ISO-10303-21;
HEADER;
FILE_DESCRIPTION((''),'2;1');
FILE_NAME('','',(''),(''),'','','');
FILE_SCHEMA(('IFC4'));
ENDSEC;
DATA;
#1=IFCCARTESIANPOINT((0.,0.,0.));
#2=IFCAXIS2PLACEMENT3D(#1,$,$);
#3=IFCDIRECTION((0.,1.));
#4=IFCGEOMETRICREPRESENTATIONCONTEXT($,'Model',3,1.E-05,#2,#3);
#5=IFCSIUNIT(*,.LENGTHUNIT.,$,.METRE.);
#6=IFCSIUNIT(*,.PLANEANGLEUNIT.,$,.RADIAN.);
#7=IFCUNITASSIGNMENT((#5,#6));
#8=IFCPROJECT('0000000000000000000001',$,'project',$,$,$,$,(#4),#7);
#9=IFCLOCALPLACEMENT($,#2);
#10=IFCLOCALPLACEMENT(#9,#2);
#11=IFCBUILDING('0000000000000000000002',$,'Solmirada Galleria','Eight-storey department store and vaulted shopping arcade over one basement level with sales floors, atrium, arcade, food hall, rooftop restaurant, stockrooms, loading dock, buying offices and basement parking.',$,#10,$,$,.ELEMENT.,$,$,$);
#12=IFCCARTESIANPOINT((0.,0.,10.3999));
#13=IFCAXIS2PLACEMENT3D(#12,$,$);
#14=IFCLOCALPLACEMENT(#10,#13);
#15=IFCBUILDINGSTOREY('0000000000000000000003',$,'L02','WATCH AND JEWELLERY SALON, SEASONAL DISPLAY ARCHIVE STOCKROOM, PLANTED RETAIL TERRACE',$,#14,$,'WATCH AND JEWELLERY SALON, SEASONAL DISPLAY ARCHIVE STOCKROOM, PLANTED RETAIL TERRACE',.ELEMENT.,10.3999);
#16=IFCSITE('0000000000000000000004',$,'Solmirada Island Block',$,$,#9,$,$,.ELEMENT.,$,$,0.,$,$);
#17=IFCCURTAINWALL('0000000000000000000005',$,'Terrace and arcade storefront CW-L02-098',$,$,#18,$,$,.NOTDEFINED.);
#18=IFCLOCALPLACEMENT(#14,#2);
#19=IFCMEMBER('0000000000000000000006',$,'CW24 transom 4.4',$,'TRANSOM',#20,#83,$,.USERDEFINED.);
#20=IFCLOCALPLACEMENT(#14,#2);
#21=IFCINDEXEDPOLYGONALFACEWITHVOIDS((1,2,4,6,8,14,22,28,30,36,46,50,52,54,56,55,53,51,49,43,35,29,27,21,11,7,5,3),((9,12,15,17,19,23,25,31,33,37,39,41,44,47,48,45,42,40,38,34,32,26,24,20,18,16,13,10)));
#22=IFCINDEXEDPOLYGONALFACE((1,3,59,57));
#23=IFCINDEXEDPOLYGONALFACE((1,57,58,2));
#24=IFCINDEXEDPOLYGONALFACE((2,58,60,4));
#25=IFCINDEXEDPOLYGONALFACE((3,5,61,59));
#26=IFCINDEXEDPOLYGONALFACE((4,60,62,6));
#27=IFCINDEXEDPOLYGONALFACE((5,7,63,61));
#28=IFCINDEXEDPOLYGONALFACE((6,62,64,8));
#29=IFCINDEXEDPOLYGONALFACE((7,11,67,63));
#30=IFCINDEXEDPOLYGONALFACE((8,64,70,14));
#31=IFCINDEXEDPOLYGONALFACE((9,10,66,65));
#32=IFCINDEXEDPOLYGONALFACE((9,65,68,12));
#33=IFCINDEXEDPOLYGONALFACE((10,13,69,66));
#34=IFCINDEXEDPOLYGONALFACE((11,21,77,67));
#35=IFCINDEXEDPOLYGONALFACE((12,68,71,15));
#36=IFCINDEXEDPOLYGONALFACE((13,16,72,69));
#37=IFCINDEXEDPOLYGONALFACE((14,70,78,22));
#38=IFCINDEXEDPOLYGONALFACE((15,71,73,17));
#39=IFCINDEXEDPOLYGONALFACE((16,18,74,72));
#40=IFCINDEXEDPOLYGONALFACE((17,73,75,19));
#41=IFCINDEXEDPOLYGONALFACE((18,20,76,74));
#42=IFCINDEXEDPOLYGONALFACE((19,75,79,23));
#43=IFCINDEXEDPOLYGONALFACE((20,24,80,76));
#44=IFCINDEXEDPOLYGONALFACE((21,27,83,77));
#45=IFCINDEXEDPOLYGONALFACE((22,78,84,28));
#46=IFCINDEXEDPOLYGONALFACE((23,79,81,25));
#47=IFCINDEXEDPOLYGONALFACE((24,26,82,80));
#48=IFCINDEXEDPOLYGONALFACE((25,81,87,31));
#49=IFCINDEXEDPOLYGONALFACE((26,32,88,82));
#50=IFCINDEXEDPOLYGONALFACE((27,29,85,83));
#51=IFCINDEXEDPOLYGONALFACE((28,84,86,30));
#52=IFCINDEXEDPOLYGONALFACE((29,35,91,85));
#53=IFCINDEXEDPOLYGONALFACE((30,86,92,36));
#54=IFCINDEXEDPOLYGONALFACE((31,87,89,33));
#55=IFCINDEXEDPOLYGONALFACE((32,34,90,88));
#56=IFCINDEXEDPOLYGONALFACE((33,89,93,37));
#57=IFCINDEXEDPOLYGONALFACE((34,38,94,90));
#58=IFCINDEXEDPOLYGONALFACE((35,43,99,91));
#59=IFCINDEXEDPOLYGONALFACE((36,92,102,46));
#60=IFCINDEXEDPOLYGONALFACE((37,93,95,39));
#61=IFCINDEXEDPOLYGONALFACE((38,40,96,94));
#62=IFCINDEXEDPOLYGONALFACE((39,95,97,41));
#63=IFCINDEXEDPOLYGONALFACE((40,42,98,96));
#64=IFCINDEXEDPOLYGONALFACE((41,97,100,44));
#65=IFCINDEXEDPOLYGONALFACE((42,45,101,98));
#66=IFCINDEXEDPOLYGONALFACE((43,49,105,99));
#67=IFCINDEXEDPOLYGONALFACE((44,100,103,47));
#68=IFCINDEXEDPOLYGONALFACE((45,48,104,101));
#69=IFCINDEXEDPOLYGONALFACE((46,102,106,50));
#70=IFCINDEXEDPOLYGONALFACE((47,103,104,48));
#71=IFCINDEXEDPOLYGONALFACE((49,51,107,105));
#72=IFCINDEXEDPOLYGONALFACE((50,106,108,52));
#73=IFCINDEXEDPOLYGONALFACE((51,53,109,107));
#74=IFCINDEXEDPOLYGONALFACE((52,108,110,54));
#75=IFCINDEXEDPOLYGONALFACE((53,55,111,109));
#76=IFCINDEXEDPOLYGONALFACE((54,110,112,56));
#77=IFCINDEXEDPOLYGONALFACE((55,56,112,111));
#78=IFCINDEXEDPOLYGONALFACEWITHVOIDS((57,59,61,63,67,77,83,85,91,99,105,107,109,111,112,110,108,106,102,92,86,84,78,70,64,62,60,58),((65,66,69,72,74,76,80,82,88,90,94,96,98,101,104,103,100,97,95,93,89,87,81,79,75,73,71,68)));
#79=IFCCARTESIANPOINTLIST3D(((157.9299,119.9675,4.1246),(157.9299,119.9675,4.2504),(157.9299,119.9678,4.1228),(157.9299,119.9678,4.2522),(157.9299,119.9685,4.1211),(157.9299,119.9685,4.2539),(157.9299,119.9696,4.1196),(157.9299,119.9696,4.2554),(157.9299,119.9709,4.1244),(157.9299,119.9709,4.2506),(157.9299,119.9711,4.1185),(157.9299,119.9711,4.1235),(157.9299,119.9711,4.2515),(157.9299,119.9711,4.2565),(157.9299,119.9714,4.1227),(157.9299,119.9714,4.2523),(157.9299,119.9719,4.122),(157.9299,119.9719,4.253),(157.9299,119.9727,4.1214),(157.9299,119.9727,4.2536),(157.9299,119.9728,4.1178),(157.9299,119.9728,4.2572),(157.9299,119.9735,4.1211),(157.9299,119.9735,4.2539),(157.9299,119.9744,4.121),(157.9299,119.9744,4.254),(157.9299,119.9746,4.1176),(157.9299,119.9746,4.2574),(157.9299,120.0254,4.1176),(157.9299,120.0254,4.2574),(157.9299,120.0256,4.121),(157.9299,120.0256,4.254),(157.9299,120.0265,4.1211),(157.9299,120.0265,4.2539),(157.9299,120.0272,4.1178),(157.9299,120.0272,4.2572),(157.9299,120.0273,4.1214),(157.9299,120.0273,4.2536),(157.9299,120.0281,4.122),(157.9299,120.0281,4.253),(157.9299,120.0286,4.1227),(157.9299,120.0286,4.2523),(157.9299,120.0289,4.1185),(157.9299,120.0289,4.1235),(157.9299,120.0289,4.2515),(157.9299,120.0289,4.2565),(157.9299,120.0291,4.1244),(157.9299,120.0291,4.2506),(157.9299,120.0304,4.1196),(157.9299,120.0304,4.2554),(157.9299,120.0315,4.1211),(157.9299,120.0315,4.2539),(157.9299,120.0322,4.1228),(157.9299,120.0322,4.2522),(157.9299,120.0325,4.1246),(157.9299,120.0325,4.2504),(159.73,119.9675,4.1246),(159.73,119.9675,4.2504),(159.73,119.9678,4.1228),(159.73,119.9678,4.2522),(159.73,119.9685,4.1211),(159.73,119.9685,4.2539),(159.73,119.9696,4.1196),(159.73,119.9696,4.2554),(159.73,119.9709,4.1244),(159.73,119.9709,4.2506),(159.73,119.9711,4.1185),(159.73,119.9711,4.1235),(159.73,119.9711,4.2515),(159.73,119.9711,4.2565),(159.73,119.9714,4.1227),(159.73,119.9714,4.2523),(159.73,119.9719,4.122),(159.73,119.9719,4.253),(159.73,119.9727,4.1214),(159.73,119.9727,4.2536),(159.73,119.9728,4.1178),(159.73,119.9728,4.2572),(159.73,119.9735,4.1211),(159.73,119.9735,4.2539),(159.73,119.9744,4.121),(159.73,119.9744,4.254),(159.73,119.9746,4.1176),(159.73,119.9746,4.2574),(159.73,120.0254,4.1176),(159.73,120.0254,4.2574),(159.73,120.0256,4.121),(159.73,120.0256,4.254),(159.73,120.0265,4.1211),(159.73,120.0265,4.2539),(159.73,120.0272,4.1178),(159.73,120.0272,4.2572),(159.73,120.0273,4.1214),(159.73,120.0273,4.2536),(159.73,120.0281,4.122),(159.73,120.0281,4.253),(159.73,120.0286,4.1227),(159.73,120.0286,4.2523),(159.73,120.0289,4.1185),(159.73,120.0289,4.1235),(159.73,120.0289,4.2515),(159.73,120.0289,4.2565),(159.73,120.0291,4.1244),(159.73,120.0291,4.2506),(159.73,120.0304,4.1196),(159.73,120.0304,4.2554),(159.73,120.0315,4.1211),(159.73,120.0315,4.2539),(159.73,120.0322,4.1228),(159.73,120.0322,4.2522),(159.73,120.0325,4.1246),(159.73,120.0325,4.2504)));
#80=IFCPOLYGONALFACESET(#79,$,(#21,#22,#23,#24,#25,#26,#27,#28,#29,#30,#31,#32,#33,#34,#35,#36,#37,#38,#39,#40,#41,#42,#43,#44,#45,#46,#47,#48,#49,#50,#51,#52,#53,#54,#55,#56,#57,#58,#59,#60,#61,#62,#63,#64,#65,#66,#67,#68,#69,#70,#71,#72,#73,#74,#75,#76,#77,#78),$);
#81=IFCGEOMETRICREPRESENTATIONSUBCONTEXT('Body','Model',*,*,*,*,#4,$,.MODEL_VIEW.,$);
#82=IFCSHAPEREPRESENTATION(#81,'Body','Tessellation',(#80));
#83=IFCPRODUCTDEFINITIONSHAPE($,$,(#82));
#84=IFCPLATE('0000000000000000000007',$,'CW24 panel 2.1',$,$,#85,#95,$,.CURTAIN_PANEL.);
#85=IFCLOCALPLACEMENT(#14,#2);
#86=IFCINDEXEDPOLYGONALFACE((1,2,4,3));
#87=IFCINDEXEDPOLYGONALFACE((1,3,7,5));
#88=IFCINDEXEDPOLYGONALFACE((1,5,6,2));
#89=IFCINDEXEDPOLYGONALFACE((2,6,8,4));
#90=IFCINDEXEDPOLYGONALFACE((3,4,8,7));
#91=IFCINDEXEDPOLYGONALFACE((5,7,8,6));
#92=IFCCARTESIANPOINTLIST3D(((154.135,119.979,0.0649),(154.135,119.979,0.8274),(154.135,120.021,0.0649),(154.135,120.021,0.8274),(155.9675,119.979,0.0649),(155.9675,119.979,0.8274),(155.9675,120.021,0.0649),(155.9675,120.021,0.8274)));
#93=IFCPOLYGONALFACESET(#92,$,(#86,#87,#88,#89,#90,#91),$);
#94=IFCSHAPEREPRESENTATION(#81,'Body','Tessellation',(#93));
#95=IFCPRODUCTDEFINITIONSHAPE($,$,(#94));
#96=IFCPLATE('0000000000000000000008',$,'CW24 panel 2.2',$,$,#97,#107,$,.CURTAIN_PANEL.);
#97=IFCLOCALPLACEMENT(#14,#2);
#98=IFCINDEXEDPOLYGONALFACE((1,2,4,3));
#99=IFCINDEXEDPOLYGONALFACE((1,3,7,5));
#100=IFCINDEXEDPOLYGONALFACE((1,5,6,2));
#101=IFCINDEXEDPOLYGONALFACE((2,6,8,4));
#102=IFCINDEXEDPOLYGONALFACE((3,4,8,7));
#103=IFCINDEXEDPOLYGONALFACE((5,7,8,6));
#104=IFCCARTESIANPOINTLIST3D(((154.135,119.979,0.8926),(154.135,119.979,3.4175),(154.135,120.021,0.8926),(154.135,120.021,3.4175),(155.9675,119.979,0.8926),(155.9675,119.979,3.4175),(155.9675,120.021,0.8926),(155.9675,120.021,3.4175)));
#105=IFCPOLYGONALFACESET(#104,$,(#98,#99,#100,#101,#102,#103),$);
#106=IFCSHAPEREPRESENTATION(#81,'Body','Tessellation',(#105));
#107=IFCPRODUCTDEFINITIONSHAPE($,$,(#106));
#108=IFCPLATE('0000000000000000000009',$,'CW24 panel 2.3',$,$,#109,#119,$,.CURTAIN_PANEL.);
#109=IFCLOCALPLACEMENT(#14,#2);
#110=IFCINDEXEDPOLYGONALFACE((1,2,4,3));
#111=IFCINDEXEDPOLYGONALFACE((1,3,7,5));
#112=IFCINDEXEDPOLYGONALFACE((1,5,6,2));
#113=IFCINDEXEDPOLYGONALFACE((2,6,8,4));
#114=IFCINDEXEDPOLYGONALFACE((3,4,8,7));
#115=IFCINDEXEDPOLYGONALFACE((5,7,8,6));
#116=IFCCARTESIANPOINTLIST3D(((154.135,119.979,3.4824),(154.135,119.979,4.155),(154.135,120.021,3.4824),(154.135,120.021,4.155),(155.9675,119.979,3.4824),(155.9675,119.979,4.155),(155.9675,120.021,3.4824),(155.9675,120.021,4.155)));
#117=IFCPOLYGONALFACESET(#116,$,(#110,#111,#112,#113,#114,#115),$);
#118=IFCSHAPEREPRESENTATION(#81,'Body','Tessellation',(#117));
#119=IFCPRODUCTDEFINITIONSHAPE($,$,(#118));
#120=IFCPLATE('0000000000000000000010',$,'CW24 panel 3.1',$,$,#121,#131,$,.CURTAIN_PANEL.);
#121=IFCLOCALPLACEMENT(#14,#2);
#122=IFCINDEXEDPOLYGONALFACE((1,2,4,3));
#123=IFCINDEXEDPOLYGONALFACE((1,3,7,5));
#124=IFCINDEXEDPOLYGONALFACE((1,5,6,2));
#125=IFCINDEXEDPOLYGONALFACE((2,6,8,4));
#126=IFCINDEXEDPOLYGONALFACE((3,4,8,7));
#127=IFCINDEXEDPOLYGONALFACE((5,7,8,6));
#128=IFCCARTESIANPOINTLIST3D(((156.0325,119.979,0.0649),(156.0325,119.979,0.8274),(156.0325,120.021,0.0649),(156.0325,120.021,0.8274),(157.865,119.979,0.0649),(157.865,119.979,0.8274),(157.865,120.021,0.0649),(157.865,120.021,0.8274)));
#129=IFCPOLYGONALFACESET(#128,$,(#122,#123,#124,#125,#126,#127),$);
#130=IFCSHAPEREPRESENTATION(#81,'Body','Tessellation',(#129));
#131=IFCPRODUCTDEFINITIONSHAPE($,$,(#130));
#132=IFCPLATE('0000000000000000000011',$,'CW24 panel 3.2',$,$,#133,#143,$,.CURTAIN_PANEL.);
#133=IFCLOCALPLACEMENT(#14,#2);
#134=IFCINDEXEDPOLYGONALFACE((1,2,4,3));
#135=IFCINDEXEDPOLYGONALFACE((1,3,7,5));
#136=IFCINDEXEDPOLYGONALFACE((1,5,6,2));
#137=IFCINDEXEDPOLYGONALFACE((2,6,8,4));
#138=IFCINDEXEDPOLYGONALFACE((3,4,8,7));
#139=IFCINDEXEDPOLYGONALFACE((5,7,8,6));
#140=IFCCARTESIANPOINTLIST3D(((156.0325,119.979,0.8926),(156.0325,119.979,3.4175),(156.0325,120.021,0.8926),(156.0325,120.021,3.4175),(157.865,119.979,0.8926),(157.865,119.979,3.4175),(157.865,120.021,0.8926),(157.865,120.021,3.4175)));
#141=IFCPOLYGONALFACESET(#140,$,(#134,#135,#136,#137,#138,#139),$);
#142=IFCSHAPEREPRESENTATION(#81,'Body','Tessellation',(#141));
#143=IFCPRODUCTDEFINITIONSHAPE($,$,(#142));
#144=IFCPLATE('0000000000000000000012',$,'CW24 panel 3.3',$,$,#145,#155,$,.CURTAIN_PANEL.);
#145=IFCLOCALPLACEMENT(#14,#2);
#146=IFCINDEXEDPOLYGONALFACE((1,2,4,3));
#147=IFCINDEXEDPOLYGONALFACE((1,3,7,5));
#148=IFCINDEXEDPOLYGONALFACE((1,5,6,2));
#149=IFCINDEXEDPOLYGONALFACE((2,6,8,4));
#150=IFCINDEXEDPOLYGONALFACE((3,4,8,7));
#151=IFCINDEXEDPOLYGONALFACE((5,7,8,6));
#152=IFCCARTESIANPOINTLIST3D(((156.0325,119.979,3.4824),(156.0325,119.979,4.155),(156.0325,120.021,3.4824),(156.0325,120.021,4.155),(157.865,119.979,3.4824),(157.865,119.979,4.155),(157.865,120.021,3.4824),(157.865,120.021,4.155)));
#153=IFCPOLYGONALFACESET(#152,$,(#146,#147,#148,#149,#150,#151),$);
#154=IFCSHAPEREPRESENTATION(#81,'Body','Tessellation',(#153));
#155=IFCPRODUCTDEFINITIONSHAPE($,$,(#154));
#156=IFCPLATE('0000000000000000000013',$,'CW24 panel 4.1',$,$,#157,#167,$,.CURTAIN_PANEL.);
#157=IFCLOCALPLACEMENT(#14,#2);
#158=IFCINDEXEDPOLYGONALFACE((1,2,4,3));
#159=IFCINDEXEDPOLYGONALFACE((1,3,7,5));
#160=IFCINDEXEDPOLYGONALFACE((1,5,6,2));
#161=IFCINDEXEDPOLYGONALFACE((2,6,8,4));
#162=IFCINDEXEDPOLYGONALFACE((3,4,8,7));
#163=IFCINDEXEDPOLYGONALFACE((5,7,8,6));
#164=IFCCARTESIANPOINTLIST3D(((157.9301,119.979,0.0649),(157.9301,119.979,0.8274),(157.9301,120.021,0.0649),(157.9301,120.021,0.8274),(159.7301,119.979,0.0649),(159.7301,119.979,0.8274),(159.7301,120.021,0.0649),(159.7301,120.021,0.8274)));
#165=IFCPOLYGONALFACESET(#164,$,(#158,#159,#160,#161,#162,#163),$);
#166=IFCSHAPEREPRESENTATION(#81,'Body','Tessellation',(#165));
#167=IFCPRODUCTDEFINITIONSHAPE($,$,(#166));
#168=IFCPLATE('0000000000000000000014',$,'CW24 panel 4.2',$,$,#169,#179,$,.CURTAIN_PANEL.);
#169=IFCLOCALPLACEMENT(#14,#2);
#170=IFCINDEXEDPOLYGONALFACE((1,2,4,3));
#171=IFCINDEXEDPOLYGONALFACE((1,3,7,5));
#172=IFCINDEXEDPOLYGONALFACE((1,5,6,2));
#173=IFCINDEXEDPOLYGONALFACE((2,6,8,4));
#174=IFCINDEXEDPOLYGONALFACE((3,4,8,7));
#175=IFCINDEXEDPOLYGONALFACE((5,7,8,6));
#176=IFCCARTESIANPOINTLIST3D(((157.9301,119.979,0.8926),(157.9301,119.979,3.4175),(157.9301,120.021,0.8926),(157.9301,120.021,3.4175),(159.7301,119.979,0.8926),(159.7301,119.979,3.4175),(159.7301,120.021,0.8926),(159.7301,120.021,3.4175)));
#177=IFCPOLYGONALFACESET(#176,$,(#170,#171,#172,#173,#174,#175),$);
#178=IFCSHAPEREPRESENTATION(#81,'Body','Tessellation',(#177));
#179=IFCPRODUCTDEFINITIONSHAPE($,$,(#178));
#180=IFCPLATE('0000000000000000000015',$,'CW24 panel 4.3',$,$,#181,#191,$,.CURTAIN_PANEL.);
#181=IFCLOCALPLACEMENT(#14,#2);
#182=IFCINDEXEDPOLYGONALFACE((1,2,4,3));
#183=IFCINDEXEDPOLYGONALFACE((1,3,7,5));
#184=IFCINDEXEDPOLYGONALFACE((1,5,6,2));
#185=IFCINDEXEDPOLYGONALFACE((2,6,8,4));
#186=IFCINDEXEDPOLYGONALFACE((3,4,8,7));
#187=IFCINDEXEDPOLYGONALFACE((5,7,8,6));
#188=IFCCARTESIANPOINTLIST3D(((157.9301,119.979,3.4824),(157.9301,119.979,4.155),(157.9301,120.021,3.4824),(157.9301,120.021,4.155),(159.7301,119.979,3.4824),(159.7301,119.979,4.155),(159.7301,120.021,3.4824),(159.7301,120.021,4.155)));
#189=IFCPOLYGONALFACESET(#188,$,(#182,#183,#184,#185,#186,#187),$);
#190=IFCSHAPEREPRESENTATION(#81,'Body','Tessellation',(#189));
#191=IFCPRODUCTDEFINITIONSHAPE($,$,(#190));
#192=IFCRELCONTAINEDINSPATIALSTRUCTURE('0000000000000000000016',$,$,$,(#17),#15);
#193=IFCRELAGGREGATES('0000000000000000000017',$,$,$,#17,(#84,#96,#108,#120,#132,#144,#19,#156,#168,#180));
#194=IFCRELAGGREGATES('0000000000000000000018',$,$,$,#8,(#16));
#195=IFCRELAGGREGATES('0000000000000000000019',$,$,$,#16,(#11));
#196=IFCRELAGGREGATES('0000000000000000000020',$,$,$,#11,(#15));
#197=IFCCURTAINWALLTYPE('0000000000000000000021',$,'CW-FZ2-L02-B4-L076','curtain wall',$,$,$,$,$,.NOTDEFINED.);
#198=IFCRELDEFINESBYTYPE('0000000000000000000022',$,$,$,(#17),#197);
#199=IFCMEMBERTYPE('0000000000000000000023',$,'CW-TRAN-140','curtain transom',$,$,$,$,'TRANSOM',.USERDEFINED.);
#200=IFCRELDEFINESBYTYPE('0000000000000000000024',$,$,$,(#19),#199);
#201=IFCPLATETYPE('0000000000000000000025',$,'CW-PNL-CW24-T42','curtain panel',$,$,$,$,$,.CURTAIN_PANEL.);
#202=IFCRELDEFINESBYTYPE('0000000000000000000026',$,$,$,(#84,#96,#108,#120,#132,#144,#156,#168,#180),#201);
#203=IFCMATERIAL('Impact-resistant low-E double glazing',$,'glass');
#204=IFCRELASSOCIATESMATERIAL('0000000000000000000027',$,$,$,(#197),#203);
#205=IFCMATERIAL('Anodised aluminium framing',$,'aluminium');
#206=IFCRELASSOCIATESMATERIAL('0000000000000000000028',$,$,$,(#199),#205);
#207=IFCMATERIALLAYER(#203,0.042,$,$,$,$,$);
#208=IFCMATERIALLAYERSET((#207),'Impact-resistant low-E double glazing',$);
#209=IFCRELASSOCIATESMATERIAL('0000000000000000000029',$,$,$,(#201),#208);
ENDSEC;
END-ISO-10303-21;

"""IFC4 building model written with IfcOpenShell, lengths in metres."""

from ifc_helpers import new_model, si_unit, direction, frame, origin, origin_2d, place, context, subcontext, project, spatial, rectangle, hollow_rectangle, extrude, material, layer, layer_set, material_profile, profile_set, type_object, element, aggregate, save


model = new_model("IFC4")

# Units and contexts
model_context = context("Model", 3, precision=1e-05, world=origin(), true_north=direction((0.0, 1.0)))
body_context = subcontext(model_context, "Body", "Model", "MODEL_VIEW")
ifc_project = project(units=[si_unit("LENGTHUNIT", "METRE"), si_unit("PLANEANGLEUNIT", "RADIAN")], contexts=[model_context])

# Site, building, storey
site_placement = place(None, origin())
site = spatial("IfcSite", under=ifc_project, at=site_placement, Name="Solmirada Island Block", CompositionType="ELEMENT", RefElevation=0.0)
building_placement = place(site_placement, origin())
building = spatial("IfcBuilding", under=site, at=building_placement, Name="Solmirada Galleria", Description="Eight-storey department store and vaulted shopping arcade over one basement level with sales floors, atrium, arcade, food hall, rooftop restaurant, stockrooms, loading dock, buying offices and basement parking.", CompositionType="ELEMENT")
storey_placement = place(building_placement, frame((0.0, 0.0, 10.3999)))
storey = spatial("IfcBuildingStorey", under=building, at=storey_placement, Name="L02", Description="WATCH AND JEWELLERY SALON, SEASONAL DISPLAY ARCHIVE STOCKROOM, PLANTED RETAIL TERRACE", LongName="WATCH AND JEWELLERY SALON, SEASONAL DISPLAY ARCHIVE STOCKROOM, PLANTED RETAIL TERRACE", CompositionType="ELEMENT", Elevation=10.3999)

# Curtain wall, member, plates
ifc_material_1 = material(Name="Impact-resistant low-E double glazing", Category="glass")
curtain_wall_type = type_object("IfcCurtainWallType", Name="CW-FZ2-L02-B4-L076", Description="curtain wall", PredefinedType="NOTDEFINED", material=ifc_material_1)
curtain_wall_placement = place(storey_placement, origin())
curtain_wall = element("IfcCurtainWall", 1, at=curtain_wall_placement, inside=storey, type_object=curtain_wall_type, Name="Terrace and arcade storefront CW-L02-098", PredefinedType="NOTDEFINED")
ifc_material_2 = material(Name="Anodised aluminium framing", Category="aluminium")
ifc_material_profile_1 = material_profile(ifc_material_2, hollow_rectangle(XDim=0.0649, YDim=0.1399, WallThickness=0.0034, InnerFilletRadius=0.0034, OuterFilletRadius=0.0071, at=origin_2d()), Name="ALU-TRAN-140X65")
ifc_profile_set_1 = profile_set([ifc_material_profile_1], Name="Anodised aluminium framing")
member_type_1 = type_object("IfcMemberType", Name="CW-TRAN-140", Description="curtain transom", ElementType="TRANSOM", PredefinedType="USERDEFINED", material=ifc_profile_set_1)
member_1_placement = place(storey_placement, frame((157.9299, 120.0, 4.1875), z_axis=(1.0, 0.0, 0.0), x_axis=(0.0, 1.0, 0.0)))
member_1 = element("IfcMember", 2, at=member_1_placement, type_object=member_type_1, Name="CW24 transom 4.4", ObjectType="TRANSOM", PredefinedType="USERDEFINED", context=body_context, shape_type="SweptSolid", body=[
    extrude(hollow_rectangle(XDim=0.0649, YDim=0.1399, WallThickness=0.0034, InnerFilletRadius=0.0034, OuterFilletRadius=0.0071, at=origin_2d()), origin(), (0.0, 0.0, 1.0), 1.8),
])
ifc_layer_1 = layer(ifc_material_1, 0.042)
ifc_layer_set_1 = layer_set([ifc_layer_1], Name="Impact-resistant low-E double glazing")
plate_type = type_object("IfcPlateType", Name="CW-PNL-CW24-T42", Description="curtain panel", PredefinedType="CURTAIN_PANEL", material=ifc_layer_set_1)
plate_1_placement = place(storey_placement, frame((155.0513, 120.0, 0.0649), z_axis=(0.0, 0.0, 1.0), x_axis=(1.0, 0.0, 0.0)))
plate_1 = element("IfcPlate", 3, at=plate_1_placement, type_object=plate_type, Name="CW24 panel 2.1", PredefinedType="CURTAIN_PANEL", context=body_context, shape_type="SweptSolid", body=[
    extrude(rectangle(XDim=1.8325, YDim=0.042, at=origin_2d()), origin(), (0.0, 0.0, 1.0), 0.7625),
])
plate_2_placement = place(storey_placement, frame((155.0513, 120.0, 0.8926), z_axis=(0.0, 0.0, 1.0), x_axis=(1.0, 0.0, 0.0)))
plate_2 = element("IfcPlate", 4, at=plate_2_placement, type_object=plate_type, Name="CW24 panel 2.2", PredefinedType="CURTAIN_PANEL", context=body_context, shape_type="SweptSolid", body=[
    extrude(rectangle(XDim=1.8325, YDim=0.042, at=origin_2d()), origin(), (0.0, 0.0, 1.0), 2.5249),
])
plate_3_placement = place(storey_placement, frame((155.0513, 120.0, 3.4824), z_axis=(0.0, 0.0, 1.0), x_axis=(1.0, 0.0, 0.0)))
plate_3 = element("IfcPlate", 5, at=plate_3_placement, type_object=plate_type, Name="CW24 panel 2.3", PredefinedType="CURTAIN_PANEL", context=body_context, shape_type="SweptSolid", body=[
    extrude(rectangle(XDim=1.8325, YDim=0.042, at=origin_2d()), origin(), (0.0, 0.0, 1.0), 0.6726),
])
plate_4_placement = place(storey_placement, frame((156.9487, 120.0, 0.0649), z_axis=(0.0, 0.0, 1.0), x_axis=(1.0, 0.0, 0.0)))
plate_4 = element("IfcPlate", 6, at=plate_4_placement, type_object=plate_type, Name="CW24 panel 3.1", PredefinedType="CURTAIN_PANEL", context=body_context, shape_type="SweptSolid", body=[
    extrude(rectangle(XDim=1.8325, YDim=0.042, at=origin_2d()), origin(), (0.0, 0.0, 1.0), 0.7625),
])
plate_5_placement = place(storey_placement, frame((156.9487, 120.0, 0.8926), z_axis=(0.0, 0.0, 1.0), x_axis=(1.0, 0.0, 0.0)))
plate_5 = element("IfcPlate", 7, at=plate_5_placement, type_object=plate_type, Name="CW24 panel 3.2", PredefinedType="CURTAIN_PANEL", context=body_context, shape_type="SweptSolid", body=[
    extrude(rectangle(XDim=1.8325, YDim=0.042, at=origin_2d()), origin(), (0.0, 0.0, 1.0), 2.5249),
])
plate_6_placement = place(storey_placement, frame((156.9487, 120.0, 3.4824), z_axis=(0.0, 0.0, 1.0), x_axis=(1.0, 0.0, 0.0)))
plate_6 = element("IfcPlate", 8, at=plate_6_placement, type_object=plate_type, Name="CW24 panel 3.3", PredefinedType="CURTAIN_PANEL", context=body_context, shape_type="SweptSolid", body=[
    extrude(rectangle(XDim=1.8325, YDim=0.042, at=origin_2d()), origin(), (0.0, 0.0, 1.0), 0.6726),
])
plate_7_placement = place(storey_placement, frame((158.8301, 120.0, 0.0649), z_axis=(0.0, 0.0, 1.0), x_axis=(1.0, 0.0, 0.0)))
plate_7 = element("IfcPlate", 9, at=plate_7_placement, type_object=plate_type, Name="CW24 panel 4.1", PredefinedType="CURTAIN_PANEL", context=body_context, shape_type="SweptSolid", body=[
    extrude(rectangle(XDim=1.8, YDim=0.042, at=origin_2d()), origin(), (0.0, 0.0, 1.0), 0.7625),
])
plate_8_placement = place(storey_placement, frame((158.8301, 120.0, 0.8926), z_axis=(0.0, 0.0, 1.0), x_axis=(1.0, 0.0, 0.0)))
plate_8 = element("IfcPlate", 10, at=plate_8_placement, type_object=plate_type, Name="CW24 panel 4.2", PredefinedType="CURTAIN_PANEL", context=body_context, shape_type="SweptSolid", body=[
    extrude(rectangle(XDim=1.8, YDim=0.042, at=origin_2d()), origin(), (0.0, 0.0, 1.0), 2.5249),
])
plate_9_placement = place(storey_placement, frame((158.8301, 120.0, 3.4824), z_axis=(0.0, 0.0, 1.0), x_axis=(1.0, 0.0, 0.0)))
plate_9 = element("IfcPlate", 11, at=plate_9_placement, type_object=plate_type, Name="CW24 panel 4.3", PredefinedType="CURTAIN_PANEL", context=body_context, shape_type="SweptSolid", body=[
    extrude(rectangle(XDim=1.8, YDim=0.042, at=origin_2d()), origin(), (0.0, 0.0, 1.0), 0.6726),
])
aggregate(curtain_wall, [plate_1, plate_2, plate_3, plate_4, plate_5, plate_6, member_1, plate_7, plate_8, plate_9])

save(model, "model.ifc")
